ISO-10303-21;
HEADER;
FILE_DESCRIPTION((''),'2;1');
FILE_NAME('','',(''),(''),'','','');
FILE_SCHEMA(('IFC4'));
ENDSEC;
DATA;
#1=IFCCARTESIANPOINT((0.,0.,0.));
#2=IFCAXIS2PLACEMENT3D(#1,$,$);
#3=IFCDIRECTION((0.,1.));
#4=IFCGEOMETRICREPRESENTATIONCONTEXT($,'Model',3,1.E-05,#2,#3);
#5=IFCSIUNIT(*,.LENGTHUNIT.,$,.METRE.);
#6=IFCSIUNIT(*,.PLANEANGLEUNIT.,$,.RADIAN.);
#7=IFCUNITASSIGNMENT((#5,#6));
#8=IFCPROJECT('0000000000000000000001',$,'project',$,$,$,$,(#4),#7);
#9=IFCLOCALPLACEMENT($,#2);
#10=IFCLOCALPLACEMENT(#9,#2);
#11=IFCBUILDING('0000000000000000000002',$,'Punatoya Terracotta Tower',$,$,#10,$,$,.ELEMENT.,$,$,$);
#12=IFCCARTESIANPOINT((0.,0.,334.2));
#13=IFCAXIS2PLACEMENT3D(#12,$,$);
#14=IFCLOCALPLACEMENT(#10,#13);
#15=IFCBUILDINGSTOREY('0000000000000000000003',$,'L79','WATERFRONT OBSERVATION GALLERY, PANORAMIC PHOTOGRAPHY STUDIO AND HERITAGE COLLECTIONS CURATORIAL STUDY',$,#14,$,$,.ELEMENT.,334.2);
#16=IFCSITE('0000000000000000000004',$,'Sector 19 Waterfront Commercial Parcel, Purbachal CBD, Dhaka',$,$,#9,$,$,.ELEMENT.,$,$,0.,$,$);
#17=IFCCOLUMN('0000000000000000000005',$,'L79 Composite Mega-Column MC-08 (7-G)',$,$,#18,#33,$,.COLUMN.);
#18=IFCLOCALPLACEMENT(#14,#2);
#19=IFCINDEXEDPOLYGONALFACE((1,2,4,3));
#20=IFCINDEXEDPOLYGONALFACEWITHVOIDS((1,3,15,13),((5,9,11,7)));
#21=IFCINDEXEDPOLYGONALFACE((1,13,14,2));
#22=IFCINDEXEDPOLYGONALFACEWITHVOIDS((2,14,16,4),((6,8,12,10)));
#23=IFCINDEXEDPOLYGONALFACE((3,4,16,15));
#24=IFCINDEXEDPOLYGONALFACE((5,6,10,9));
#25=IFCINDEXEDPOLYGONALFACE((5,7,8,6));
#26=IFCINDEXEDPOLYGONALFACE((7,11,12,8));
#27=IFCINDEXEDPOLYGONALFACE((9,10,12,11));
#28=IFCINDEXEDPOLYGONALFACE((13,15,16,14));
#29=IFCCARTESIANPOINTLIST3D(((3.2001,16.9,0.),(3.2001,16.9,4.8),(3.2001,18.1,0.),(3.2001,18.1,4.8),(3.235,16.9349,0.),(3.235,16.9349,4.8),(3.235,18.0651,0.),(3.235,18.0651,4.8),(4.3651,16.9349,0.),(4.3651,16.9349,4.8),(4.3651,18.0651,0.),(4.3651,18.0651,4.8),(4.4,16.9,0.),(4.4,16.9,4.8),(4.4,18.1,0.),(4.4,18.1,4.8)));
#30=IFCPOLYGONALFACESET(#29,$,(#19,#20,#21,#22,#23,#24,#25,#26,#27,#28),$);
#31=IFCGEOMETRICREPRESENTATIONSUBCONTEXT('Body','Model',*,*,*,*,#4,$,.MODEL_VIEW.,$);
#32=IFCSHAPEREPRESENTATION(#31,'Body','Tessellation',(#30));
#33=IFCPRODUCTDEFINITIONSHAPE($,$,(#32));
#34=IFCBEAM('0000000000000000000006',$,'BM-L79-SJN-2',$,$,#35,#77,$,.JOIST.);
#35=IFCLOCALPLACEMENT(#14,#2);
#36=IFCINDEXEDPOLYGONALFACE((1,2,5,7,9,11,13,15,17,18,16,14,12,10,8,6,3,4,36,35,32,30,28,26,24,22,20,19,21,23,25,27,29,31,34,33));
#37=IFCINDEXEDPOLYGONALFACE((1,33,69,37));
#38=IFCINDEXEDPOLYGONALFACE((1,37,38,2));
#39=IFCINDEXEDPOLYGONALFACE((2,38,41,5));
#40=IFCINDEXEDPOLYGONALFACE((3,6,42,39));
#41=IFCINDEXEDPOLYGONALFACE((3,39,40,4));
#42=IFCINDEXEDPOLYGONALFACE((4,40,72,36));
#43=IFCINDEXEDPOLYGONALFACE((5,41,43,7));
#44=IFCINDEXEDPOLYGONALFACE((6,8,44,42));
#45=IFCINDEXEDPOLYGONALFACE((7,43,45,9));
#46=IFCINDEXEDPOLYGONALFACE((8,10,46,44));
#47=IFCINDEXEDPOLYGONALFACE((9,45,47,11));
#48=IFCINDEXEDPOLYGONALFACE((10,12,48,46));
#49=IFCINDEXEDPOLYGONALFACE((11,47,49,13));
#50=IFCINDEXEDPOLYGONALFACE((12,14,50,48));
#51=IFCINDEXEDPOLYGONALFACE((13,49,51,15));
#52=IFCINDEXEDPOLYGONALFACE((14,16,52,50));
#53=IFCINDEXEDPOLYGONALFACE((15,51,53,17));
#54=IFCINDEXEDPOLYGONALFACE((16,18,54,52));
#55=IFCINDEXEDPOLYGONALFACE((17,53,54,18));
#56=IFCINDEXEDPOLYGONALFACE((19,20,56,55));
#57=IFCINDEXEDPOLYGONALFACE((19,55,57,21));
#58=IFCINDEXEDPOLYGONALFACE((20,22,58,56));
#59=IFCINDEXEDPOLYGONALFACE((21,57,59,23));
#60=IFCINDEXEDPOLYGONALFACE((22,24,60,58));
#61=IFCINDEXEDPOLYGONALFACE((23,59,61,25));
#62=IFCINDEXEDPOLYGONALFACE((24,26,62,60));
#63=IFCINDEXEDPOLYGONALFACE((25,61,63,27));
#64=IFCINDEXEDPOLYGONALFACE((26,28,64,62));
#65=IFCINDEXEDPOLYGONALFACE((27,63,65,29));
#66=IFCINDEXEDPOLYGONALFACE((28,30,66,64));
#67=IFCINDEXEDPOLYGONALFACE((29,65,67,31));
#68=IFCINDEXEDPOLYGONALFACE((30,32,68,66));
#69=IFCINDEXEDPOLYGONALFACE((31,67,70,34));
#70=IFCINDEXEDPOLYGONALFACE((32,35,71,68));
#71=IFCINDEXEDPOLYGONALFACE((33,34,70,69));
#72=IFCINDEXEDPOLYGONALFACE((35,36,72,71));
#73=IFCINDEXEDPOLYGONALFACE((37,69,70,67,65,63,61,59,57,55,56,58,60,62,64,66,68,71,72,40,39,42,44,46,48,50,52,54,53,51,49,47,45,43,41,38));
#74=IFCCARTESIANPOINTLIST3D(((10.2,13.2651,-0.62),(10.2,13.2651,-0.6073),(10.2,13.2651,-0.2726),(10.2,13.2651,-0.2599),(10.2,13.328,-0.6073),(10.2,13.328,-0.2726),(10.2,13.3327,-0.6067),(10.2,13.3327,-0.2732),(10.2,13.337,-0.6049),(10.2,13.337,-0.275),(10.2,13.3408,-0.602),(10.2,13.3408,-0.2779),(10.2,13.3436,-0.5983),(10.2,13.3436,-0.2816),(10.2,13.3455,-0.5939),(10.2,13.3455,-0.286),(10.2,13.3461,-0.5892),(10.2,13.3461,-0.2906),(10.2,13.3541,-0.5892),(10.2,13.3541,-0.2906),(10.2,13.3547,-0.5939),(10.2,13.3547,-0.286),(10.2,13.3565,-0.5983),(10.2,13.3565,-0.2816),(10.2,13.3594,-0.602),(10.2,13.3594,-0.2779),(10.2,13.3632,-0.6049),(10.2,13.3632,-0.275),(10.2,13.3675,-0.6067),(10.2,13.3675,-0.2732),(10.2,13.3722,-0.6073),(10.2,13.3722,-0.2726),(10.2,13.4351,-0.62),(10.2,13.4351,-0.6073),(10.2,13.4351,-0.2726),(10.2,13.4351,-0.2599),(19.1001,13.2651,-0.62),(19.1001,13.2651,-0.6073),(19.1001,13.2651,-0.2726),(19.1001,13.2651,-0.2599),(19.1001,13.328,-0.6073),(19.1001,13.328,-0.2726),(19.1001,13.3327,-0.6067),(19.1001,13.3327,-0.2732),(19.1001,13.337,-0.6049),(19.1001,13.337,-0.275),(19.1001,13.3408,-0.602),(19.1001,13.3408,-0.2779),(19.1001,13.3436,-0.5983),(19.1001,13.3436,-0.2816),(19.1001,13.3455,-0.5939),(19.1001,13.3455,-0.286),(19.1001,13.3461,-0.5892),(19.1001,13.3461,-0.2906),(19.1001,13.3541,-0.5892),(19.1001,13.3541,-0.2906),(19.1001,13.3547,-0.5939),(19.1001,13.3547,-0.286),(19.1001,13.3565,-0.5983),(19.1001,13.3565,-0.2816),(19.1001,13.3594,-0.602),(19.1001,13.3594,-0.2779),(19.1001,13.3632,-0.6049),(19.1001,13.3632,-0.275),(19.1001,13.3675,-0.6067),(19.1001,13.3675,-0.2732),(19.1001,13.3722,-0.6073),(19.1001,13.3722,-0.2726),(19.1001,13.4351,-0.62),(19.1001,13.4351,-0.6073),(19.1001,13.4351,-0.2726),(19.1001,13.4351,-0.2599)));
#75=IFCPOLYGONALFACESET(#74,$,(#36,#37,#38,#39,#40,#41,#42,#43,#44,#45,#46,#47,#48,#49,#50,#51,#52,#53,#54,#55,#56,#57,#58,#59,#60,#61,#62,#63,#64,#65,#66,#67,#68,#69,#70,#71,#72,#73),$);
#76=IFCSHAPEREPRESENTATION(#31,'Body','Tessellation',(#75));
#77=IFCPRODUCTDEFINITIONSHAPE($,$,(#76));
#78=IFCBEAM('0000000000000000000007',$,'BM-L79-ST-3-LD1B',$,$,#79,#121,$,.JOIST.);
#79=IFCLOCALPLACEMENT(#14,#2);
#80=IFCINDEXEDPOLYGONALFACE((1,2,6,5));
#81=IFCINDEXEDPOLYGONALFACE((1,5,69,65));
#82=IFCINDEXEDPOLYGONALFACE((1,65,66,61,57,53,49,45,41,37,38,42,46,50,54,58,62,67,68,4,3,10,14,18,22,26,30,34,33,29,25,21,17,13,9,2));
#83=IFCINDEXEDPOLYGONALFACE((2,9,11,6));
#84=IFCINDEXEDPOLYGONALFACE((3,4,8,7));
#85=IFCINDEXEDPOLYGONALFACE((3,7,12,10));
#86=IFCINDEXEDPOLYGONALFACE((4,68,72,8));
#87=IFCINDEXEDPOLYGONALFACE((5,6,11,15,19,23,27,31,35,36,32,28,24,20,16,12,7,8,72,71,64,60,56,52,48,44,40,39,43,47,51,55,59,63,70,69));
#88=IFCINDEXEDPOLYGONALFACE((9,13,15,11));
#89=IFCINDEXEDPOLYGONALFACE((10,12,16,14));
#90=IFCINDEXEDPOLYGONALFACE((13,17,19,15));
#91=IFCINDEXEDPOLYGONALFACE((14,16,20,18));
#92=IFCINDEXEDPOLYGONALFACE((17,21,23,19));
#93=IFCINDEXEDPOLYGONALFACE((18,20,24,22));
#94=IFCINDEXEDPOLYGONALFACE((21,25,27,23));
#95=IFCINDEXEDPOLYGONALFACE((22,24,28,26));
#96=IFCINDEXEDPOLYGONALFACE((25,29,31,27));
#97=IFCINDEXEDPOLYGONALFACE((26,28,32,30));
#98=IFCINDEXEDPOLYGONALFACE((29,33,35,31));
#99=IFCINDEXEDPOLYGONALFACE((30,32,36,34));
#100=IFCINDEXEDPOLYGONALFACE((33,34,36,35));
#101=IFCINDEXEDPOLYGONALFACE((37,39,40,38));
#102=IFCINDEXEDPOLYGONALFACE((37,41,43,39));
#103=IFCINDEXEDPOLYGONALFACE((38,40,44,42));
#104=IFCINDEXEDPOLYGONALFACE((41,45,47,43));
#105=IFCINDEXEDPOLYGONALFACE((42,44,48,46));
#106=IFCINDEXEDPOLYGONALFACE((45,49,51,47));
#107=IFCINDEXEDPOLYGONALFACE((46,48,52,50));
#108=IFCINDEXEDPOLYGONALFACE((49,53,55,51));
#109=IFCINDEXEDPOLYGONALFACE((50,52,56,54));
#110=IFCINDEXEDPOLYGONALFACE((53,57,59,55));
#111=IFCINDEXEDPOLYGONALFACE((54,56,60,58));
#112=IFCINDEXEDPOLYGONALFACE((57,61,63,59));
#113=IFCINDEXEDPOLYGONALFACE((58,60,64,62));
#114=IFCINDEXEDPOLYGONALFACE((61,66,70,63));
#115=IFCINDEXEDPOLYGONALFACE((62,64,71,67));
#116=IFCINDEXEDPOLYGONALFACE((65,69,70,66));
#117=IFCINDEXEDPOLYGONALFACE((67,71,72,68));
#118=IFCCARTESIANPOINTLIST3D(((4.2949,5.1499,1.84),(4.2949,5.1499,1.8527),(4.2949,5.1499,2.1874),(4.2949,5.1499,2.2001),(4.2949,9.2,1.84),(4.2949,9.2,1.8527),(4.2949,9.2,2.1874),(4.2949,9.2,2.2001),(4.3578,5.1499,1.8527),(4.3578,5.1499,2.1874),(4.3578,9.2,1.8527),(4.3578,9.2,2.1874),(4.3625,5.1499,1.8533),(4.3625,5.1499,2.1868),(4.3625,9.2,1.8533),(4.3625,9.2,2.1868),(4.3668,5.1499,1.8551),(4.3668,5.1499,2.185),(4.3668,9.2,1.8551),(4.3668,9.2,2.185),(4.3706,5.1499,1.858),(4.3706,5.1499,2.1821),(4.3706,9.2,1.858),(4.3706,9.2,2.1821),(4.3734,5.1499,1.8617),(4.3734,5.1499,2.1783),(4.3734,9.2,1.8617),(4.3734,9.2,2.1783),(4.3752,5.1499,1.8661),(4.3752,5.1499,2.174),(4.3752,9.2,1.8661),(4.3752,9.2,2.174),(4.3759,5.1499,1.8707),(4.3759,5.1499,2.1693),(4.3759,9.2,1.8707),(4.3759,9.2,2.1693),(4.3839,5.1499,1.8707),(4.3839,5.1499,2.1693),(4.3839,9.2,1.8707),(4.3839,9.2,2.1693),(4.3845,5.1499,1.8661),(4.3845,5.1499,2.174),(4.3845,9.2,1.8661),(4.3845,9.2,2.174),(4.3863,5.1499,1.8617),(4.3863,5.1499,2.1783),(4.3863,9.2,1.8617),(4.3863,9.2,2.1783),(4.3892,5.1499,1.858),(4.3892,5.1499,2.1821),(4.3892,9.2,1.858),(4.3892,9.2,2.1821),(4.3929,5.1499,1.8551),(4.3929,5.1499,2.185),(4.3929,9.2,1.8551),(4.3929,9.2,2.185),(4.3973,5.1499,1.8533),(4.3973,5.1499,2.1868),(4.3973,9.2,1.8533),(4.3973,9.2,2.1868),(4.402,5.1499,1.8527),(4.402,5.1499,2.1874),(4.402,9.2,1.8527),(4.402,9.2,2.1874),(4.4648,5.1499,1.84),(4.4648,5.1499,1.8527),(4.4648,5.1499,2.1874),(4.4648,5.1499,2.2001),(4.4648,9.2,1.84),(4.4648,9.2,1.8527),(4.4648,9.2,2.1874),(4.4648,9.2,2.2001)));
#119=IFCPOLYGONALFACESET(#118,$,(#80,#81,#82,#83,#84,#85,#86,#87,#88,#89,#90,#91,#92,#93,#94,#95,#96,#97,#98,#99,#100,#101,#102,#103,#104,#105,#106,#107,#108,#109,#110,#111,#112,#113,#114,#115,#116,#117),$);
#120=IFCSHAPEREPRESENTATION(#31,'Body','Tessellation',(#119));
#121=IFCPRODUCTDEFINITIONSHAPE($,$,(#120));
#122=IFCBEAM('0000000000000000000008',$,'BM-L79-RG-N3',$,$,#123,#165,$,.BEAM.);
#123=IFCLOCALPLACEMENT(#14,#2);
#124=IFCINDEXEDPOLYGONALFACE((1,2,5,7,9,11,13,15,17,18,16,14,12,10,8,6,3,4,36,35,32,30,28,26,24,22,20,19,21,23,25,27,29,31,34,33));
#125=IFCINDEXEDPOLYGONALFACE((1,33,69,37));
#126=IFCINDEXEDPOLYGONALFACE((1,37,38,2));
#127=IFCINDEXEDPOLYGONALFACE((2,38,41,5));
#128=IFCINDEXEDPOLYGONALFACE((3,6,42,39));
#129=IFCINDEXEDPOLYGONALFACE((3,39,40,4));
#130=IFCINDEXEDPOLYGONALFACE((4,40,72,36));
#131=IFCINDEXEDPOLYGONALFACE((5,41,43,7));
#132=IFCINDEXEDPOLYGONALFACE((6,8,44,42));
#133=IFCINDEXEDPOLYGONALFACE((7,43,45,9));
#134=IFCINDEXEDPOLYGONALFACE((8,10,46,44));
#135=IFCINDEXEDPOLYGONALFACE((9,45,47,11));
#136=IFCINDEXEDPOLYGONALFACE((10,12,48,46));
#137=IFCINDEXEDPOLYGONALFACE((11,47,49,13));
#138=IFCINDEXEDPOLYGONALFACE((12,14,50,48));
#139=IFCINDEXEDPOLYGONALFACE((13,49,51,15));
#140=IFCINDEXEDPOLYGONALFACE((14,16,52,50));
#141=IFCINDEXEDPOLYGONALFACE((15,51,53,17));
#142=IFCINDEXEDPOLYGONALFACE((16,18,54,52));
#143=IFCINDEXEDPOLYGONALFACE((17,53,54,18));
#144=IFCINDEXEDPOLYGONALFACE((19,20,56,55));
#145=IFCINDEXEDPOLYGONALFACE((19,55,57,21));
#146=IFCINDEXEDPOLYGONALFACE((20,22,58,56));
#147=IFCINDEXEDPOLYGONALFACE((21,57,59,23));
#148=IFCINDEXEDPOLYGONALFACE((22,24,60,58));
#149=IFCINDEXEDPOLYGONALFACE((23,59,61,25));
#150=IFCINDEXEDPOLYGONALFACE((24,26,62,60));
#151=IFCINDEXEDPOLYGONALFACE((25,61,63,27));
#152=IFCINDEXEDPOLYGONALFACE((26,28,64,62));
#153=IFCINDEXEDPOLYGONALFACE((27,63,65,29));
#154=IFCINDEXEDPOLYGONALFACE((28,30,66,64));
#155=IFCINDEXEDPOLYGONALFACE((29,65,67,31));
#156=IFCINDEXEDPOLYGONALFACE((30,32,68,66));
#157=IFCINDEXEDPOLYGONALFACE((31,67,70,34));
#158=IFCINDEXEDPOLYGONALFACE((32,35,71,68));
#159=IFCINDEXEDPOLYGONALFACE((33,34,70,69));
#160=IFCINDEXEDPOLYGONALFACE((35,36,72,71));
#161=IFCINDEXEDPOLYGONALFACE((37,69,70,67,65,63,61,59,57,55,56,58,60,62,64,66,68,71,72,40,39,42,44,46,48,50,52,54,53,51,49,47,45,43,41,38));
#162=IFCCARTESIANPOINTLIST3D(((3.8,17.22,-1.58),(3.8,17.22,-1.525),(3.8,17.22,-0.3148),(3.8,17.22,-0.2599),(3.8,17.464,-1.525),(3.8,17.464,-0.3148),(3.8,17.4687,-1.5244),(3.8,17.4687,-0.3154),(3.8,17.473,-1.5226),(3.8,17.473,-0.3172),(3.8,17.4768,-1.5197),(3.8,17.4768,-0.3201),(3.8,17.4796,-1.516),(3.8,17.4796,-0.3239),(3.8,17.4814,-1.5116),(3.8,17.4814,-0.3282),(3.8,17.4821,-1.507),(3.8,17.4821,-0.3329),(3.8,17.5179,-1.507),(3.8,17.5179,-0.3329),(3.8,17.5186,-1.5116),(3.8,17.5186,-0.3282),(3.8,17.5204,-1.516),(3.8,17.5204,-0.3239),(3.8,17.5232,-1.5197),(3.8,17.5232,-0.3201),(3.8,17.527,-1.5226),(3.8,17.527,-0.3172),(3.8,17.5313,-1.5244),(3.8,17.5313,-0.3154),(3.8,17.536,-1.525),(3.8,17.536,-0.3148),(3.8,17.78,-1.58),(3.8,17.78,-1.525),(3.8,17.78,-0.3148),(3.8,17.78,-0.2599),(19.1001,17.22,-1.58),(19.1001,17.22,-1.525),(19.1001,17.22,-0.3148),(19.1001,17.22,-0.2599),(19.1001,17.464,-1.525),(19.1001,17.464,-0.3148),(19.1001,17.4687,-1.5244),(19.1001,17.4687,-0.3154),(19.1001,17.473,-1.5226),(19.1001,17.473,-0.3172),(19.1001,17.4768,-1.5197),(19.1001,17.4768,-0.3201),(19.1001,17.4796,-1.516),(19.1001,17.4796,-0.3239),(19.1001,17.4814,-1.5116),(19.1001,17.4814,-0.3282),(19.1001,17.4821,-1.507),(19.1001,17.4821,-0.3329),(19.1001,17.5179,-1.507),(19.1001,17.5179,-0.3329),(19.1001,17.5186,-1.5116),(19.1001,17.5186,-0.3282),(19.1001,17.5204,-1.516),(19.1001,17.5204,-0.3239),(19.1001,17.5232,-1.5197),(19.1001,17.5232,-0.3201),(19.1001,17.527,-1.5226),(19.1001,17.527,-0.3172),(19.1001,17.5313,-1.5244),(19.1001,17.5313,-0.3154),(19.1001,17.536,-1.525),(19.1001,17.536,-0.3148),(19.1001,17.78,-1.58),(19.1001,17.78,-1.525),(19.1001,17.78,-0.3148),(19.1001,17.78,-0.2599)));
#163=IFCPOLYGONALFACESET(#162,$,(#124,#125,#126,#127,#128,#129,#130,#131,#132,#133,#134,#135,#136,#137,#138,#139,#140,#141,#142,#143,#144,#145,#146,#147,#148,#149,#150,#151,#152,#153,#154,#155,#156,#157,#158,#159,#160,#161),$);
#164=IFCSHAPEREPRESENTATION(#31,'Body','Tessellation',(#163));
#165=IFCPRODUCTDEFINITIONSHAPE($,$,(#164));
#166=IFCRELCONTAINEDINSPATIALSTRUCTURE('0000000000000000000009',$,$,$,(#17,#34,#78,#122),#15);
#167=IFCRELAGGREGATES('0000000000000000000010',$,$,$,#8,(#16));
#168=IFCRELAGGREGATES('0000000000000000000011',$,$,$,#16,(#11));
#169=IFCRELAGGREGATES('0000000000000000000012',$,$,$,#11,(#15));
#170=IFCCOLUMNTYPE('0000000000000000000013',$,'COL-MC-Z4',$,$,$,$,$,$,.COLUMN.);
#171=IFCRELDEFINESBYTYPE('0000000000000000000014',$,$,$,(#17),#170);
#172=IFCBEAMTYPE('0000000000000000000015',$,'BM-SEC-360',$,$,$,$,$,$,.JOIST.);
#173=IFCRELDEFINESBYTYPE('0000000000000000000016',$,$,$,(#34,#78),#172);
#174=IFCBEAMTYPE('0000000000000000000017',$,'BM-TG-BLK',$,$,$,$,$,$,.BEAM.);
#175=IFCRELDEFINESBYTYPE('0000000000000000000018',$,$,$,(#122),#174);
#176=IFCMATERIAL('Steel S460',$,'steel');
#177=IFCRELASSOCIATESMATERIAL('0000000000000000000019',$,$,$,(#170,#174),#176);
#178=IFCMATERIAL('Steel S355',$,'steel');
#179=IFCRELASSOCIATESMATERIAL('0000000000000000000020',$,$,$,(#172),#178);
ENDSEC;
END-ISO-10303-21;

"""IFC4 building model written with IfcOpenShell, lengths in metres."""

from ifc_helpers import new_model, si_unit, direction, frame, origin, origin_2d, place, context, subcontext, project, spatial, hollow_rectangle, i_section, extrude, material, material_profile, profile_set, type_object, element, save


model = new_model("IFC4")

# Units and contexts
model_context = context("Model", 3, precision=1e-05, world=origin(), true_north=direction((0.0, 1.0)))
body_context = subcontext(model_context, "Body", "Model", "MODEL_VIEW")
ifc_project = project(units=[si_unit("LENGTHUNIT", "METRE"), si_unit("PLANEANGLEUNIT", "RADIAN")], contexts=[model_context])

# Site, building, storey
site_placement = place(None, origin())
site = spatial("IfcSite", under=ifc_project, at=site_placement, Name="Sector 19 Waterfront Commercial Parcel, Purbachal CBD, Dhaka", CompositionType="ELEMENT", RefElevation=0.0)
building_placement = place(site_placement, origin())
building = spatial("IfcBuilding", under=site, at=building_placement, Name="Punatoya Terracotta Tower", CompositionType="ELEMENT")
storey_placement = place(building_placement, frame((0.0, 0.0, 334.2)))
storey = spatial("IfcBuildingStorey", under=building, at=storey_placement, Name="L79", Description="WATERFRONT OBSERVATION GALLERY, PANORAMIC PHOTOGRAPHY STUDIO AND HERITAGE COLLECTIONS CURATORIAL STUDY", CompositionType="ELEMENT", Elevation=334.2)

# Column
ifc_material_1 = material(Name="Steel S460", Category="steel")
ifc_material_profile_1 = material_profile(ifc_material_1, hollow_rectangle(XDim=1.2, YDim=1.2, WallThickness=0.0349, at=origin_2d()))
ifc_profile_set_1 = profile_set([ifc_material_profile_1], Name="Steel S460")
column_type = type_object("IfcColumnType", Name="COL-MC-Z4", PredefinedType="COLUMN", material=ifc_profile_set_1)
column_placement = place(storey_placement, frame((3.8, 17.5, 0.0), z_axis=(0.0, 0.0, 1.0), x_axis=(1.0, 0.0, 0.0)))
element("IfcColumn", 1, at=column_placement, inside=storey, type_object=column_type, Name="L79 Composite Mega-Column MC-08 (7-G)", PredefinedType="COLUMN", context=body_context, shape_type="SweptSolid", body=[
    extrude(hollow_rectangle(XDim=1.2, YDim=1.2, WallThickness=0.0349, at=origin_2d()), origin(), (0.0, 0.0, 1.0), 4.8),
])

# Beams
ifc_material_2 = material(Name="Steel S355", Category="steel")
ifc_material_profile_2 = material_profile(ifc_material_2, i_section(OverallWidth=0.1699, OverallDepth=0.3601, WebThickness=0.0081, FlangeThickness=0.0127, FilletRadius=0.0181, at=origin_2d()))
ifc_profile_set_2 = profile_set([ifc_material_profile_2], Name="Steel S355")
beam_type_1 = type_object("IfcBeamType", Name="BM-SEC-360", PredefinedType="JOIST", material=ifc_profile_set_2)
beam_1_placement = place(storey_placement, frame((10.2, 13.3501, -0.4399), z_axis=(1.0, 0.0, 0.0), x_axis=(0.0, 1.0, 0.0)))
element("IfcBeam", 2, at=beam_1_placement, inside=storey, type_object=beam_type_1, Name="BM-L79-SJN-2", PredefinedType="JOIST", context=body_context, shape_type="SweptSolid", body=[
    extrude(i_section(OverallWidth=0.1699, OverallDepth=0.3601, WebThickness=0.0081, FlangeThickness=0.0127, FilletRadius=0.0181, at=origin_2d()), origin(), (0.0, 0.0, 1.0), 8.9001),
])
beam_2_placement = place(storey_placement, frame((4.3799, 5.1499, 2.02), z_axis=(0.0, 1.0, 0.0), x_axis=(-1.0, 0.0, 0.0)))
element("IfcBeam", 3, at=beam_2_placement, inside=storey, type_object=beam_type_1, Name="BM-L79-ST-3-LD1B", PredefinedType="JOIST", context=body_context, shape_type="SweptSolid", body=[
    extrude(i_section(OverallWidth=0.1699, OverallDepth=0.3601, WebThickness=0.0081, FlangeThickness=0.0127, FilletRadius=0.0181, at=origin_2d()), origin(), (0.0, 0.0, 1.0), 4.05),
])
ifc_material_profile_3 = material_profile(ifc_material_1, i_section(OverallWidth=0.5601, OverallDepth=1.3201, WebThickness=0.0359, FlangeThickness=0.0549, FilletRadius=0.0181, at=origin_2d()))
ifc_profile_set_3 = profile_set([ifc_material_profile_3], Name="Steel S460")
beam_type_2 = type_object("IfcBeamType", Name="BM-TG-BLK", PredefinedType="BEAM", material=ifc_profile_set_3)
beam_3_placement = place(storey_placement, frame((3.8, 17.5, -0.9199), z_axis=(1.0, 0.0, 0.0), x_axis=(0.0, 1.0, 0.0)))
element("IfcBeam", 4, at=beam_3_placement, inside=storey, type_object=beam_type_2, Name="BM-L79-RG-N3", PredefinedType="BEAM", context=body_context, shape_type="SweptSolid", body=[
    extrude(i_section(OverallWidth=0.5601, OverallDepth=1.3201, WebThickness=0.0359, FlangeThickness=0.0549, FilletRadius=0.0181, at=origin_2d()), origin(), (0.0, 0.0, 1.0), 15.3),
])

save(model, "model.ifc")
